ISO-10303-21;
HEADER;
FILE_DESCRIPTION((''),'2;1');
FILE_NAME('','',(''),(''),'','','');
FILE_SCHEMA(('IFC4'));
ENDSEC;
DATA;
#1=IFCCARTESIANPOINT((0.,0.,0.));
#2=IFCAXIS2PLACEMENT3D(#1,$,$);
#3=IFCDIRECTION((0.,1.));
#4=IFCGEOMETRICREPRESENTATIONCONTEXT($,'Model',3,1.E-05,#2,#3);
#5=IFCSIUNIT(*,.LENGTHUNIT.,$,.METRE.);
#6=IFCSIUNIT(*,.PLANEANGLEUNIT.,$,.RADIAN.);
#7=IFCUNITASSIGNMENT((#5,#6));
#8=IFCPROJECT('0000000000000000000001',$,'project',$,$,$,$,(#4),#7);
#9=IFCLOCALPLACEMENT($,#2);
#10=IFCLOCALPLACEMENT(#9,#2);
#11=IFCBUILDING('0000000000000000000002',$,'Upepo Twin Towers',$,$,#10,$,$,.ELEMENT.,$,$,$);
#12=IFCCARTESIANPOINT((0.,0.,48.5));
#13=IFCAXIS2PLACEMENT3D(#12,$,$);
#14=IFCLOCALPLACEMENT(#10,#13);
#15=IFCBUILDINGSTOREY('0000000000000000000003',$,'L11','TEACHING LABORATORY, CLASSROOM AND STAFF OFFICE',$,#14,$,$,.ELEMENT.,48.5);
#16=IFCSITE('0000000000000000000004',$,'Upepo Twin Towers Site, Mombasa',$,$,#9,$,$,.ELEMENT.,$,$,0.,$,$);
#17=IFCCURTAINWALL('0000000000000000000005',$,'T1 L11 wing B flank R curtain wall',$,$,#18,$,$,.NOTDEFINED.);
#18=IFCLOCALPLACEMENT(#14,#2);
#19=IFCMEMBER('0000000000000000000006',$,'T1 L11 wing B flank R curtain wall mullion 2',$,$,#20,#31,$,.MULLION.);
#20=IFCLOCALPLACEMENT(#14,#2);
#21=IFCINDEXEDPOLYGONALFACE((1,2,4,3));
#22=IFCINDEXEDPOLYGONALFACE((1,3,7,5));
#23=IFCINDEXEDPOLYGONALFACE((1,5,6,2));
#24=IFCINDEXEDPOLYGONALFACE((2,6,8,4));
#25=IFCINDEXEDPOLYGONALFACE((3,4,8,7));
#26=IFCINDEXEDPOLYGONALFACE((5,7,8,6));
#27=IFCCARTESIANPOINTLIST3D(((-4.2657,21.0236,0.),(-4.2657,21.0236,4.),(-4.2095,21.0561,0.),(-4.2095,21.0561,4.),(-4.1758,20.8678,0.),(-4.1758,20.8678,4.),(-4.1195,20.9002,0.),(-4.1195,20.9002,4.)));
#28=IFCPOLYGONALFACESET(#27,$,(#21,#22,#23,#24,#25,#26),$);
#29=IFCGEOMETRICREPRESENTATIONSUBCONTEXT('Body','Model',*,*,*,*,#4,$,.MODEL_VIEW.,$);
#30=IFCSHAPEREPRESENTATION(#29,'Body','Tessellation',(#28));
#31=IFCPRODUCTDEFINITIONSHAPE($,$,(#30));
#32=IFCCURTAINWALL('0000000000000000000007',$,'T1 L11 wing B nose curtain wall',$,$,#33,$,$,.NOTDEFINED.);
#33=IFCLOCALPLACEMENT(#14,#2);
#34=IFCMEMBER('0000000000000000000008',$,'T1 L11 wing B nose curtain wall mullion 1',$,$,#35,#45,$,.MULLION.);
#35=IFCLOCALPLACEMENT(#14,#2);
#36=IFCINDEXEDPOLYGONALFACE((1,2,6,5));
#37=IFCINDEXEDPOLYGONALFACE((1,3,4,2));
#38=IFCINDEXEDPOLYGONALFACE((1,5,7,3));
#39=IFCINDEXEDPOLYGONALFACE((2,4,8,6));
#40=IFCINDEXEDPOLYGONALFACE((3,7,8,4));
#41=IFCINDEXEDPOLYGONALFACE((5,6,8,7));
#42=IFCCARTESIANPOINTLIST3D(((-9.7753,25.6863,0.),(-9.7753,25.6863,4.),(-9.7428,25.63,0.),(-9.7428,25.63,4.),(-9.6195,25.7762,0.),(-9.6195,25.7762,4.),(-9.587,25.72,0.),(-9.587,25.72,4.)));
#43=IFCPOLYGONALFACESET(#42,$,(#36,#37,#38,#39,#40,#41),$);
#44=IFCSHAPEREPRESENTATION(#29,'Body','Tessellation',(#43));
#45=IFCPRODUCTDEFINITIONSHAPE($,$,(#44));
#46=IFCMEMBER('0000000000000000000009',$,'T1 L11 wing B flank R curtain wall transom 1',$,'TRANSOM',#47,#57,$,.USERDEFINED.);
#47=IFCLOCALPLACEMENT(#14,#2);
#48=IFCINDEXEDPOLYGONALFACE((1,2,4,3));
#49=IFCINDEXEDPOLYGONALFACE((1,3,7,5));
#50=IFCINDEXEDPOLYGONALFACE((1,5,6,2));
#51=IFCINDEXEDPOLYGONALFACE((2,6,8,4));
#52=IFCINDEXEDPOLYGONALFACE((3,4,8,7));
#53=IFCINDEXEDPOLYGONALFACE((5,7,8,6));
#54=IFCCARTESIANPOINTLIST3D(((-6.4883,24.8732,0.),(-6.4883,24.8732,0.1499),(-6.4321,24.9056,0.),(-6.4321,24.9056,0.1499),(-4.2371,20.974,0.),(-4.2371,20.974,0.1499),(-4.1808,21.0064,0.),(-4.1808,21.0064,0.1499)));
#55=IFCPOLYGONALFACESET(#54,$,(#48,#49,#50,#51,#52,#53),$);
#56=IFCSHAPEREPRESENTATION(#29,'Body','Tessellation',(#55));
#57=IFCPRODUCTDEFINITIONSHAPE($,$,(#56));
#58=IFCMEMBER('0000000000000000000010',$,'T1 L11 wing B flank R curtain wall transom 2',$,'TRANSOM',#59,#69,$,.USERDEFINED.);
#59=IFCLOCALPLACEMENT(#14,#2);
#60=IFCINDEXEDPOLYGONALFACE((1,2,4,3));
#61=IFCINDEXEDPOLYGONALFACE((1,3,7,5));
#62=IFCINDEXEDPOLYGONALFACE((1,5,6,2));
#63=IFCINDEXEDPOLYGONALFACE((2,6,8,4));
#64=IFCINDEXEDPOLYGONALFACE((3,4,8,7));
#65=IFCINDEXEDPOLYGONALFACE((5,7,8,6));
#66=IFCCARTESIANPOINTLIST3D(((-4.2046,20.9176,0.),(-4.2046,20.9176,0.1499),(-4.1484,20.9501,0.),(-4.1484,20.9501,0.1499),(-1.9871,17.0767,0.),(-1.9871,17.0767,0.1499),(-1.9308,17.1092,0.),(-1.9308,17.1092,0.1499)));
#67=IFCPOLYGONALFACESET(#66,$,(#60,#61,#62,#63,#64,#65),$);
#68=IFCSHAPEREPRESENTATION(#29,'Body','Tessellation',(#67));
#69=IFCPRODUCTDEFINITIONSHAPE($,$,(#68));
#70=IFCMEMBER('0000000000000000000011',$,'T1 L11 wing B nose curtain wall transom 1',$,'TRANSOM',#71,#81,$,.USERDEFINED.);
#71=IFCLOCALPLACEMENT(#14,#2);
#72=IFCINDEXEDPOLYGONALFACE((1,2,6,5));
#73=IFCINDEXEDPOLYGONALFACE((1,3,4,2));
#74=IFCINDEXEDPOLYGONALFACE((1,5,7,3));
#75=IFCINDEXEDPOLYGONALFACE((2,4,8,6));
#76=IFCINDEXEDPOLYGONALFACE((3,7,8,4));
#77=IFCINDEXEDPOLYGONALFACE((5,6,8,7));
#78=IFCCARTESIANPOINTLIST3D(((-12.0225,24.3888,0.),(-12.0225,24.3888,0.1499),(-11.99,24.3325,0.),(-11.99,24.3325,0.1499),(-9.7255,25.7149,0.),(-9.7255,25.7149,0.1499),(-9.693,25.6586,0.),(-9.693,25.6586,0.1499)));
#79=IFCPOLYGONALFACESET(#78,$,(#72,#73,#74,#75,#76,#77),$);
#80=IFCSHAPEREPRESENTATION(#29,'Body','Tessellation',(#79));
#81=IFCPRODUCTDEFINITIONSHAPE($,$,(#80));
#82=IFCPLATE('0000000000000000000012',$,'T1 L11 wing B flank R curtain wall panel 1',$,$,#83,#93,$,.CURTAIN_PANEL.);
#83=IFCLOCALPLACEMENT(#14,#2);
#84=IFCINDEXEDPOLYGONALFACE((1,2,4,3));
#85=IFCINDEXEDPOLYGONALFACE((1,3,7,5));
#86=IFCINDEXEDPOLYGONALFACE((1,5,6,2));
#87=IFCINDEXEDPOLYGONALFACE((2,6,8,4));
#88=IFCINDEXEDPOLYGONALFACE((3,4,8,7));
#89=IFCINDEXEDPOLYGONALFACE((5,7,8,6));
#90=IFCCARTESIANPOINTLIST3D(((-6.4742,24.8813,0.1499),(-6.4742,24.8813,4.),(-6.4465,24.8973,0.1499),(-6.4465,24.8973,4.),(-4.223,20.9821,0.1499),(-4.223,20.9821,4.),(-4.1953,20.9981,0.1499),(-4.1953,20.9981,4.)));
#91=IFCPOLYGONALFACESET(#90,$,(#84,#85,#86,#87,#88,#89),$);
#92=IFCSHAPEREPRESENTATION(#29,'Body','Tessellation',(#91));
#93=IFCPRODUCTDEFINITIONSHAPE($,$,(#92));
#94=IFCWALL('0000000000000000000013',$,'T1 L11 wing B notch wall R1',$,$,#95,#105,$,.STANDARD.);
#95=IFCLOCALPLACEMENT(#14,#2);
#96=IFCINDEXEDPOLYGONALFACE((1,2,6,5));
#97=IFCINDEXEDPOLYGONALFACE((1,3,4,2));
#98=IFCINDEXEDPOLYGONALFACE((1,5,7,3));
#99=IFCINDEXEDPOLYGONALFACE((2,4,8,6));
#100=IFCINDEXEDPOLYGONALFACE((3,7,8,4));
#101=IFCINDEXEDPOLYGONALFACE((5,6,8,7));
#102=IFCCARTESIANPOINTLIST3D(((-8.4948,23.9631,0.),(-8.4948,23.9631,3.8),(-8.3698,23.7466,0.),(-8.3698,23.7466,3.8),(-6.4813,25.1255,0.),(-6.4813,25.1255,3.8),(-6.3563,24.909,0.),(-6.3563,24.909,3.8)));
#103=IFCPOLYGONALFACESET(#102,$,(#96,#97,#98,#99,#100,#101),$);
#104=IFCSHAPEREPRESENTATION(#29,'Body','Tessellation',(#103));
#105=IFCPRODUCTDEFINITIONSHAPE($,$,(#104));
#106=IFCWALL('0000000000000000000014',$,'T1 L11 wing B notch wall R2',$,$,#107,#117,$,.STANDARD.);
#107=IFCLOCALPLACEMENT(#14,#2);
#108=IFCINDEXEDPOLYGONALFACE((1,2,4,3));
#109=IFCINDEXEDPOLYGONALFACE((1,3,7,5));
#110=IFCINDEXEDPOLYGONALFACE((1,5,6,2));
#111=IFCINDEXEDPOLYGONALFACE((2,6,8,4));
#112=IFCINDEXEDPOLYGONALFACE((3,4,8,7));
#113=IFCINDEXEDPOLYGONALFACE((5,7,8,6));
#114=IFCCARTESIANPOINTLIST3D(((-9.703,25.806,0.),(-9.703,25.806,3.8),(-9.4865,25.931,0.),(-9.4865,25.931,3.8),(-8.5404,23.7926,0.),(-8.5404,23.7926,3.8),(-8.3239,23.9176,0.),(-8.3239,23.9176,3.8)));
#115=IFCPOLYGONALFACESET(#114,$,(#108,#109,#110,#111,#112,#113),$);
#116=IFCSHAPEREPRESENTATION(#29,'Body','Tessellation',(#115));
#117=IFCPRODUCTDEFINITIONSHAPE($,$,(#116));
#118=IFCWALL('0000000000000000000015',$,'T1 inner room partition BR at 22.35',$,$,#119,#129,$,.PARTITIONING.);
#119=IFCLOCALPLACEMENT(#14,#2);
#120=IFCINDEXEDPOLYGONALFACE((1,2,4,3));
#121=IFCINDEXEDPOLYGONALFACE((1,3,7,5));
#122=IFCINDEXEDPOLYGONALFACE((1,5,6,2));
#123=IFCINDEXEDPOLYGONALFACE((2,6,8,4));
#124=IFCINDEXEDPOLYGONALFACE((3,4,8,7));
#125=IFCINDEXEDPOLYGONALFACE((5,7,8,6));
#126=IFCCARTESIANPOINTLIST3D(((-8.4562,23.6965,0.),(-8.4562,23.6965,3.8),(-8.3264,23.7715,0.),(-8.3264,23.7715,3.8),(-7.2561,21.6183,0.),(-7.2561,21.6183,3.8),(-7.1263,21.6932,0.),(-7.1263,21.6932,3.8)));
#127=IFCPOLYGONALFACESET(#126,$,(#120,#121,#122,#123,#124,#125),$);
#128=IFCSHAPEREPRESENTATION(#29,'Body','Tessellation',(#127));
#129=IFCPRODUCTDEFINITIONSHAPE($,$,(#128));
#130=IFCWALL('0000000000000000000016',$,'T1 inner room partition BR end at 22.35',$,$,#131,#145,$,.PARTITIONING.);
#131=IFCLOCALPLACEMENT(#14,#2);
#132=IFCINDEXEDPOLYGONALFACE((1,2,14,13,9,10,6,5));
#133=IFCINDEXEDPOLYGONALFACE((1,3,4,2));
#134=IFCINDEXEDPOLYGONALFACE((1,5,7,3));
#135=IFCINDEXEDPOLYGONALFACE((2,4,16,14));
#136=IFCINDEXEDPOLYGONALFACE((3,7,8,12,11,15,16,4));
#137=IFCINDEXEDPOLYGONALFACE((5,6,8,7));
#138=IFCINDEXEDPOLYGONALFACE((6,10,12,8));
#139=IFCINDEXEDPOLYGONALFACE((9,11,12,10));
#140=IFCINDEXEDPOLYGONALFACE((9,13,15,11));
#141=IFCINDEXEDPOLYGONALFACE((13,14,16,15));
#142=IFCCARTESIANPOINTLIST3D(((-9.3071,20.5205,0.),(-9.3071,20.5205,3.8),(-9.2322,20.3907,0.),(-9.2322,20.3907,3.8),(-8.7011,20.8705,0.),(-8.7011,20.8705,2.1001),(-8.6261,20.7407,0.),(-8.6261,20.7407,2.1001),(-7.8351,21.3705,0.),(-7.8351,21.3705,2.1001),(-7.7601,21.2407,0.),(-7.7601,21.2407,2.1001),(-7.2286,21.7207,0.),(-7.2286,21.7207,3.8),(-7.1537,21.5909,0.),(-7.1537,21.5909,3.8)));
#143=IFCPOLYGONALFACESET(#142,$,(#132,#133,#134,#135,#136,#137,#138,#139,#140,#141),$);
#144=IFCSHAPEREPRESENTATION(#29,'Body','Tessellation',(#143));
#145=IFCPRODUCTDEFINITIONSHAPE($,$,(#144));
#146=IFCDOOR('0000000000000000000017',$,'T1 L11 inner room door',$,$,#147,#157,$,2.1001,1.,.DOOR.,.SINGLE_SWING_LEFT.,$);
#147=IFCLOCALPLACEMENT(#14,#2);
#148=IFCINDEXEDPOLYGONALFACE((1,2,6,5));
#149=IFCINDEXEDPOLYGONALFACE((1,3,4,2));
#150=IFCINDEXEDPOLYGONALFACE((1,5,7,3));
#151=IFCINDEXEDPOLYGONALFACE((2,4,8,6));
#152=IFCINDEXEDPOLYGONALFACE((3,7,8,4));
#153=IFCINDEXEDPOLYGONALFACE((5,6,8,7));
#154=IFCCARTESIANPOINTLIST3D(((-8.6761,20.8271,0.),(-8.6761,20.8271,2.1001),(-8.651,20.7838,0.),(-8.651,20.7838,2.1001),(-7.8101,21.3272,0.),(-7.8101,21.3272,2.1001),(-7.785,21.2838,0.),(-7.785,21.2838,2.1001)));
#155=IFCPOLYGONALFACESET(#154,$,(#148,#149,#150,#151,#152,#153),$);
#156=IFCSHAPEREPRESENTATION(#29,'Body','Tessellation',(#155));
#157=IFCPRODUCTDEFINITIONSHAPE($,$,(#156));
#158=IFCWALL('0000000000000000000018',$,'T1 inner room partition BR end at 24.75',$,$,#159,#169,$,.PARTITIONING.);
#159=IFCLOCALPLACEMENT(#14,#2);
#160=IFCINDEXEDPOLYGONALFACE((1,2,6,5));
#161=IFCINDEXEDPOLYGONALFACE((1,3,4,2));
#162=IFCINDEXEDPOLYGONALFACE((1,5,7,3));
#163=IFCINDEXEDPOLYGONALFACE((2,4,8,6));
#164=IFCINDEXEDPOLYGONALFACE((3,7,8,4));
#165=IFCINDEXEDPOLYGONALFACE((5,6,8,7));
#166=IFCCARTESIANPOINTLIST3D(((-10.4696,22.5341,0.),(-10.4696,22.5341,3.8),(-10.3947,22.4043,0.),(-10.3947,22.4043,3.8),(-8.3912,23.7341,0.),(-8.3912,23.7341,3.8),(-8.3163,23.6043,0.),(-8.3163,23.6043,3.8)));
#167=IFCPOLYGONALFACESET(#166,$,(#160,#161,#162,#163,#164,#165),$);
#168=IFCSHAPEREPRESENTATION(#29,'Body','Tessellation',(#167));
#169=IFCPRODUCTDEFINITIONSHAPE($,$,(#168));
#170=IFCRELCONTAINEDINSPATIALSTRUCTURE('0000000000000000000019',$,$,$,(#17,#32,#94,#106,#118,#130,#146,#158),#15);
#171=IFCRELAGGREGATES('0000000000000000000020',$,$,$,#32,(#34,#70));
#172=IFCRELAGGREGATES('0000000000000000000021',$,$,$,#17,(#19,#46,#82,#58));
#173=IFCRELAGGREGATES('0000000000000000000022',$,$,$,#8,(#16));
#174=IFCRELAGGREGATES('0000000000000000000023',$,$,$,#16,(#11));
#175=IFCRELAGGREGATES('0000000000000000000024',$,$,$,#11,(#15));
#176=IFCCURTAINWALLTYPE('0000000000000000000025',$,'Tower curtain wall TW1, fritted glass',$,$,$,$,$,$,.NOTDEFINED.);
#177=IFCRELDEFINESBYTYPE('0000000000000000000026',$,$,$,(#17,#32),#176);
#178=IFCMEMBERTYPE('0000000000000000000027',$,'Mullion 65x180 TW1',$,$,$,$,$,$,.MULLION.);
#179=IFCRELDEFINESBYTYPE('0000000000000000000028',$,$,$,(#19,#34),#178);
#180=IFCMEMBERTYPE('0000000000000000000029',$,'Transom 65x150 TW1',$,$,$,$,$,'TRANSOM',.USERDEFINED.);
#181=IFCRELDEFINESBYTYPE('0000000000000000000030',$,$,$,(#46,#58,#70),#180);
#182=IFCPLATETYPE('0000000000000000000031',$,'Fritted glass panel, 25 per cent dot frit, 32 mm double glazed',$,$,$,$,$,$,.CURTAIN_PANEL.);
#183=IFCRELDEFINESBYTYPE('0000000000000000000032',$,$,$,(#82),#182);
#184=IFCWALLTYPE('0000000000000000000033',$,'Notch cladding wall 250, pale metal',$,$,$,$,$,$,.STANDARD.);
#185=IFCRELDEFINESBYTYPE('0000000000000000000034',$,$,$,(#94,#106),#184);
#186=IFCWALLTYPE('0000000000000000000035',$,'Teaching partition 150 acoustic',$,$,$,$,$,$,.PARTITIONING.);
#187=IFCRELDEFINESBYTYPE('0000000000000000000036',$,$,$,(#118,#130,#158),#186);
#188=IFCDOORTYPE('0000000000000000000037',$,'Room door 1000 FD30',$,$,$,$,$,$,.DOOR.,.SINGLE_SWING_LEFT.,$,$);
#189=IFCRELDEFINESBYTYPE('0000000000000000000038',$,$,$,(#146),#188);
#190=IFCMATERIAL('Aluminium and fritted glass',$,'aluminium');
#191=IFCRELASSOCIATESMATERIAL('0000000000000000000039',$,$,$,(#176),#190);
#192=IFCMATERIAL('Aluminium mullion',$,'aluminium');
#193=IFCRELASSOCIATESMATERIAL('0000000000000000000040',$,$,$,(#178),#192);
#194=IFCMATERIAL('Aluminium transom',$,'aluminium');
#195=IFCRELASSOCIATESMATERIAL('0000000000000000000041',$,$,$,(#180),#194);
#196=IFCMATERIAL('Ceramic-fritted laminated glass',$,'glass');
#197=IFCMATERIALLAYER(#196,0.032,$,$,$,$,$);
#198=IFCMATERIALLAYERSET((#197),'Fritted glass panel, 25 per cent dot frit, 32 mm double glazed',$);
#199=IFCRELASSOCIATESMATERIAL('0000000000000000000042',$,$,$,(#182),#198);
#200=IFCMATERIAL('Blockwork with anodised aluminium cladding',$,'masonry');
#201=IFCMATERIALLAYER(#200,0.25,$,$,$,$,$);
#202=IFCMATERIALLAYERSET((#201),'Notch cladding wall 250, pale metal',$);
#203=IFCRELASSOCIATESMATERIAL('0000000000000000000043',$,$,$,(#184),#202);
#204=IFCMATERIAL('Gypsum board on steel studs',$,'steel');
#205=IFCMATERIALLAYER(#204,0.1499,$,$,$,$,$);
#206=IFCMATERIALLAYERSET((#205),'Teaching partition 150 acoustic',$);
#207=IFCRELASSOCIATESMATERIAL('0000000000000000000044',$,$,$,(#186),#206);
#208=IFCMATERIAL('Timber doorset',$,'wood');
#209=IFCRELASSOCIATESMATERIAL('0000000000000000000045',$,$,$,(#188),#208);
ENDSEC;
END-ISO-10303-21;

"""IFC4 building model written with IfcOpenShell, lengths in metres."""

from ifc_helpers import new_model, si_unit, direction, frame, frame_2d, origin, origin_2d, place, context, subcontext, project, spatial, rectangle, extrude, material, layer, layer_set, material_profile, profile_set, type_object, element, fill, aggregate, save


model = new_model("IFC4")

# Units and contexts
model_context = context("Model", 3, precision=1e-05, world=origin(), true_north=direction((0.0, 1.0)))
body_context = subcontext(model_context, "Body", "Model", "MODEL_VIEW")
ifc_project = project(units=[si_unit("LENGTHUNIT", "METRE"), si_unit("PLANEANGLEUNIT", "RADIAN")], contexts=[model_context])

# Site, building, storey
site_placement = place(None, origin())
site = spatial("IfcSite", under=ifc_project, at=site_placement, Name="Upepo Twin Towers Site, Mombasa", CompositionType="ELEMENT", RefElevation=0.0)
building_placement = place(site_placement, origin())
building = spatial("IfcBuilding", under=site, at=building_placement, Name="Upepo Twin Towers", CompositionType="ELEMENT")
storey_placement = place(building_placement, frame((0.0, 0.0, 48.5)))
storey = spatial("IfcBuildingStorey", under=building, at=storey_placement, Name="L11", Description="TEACHING LABORATORY, CLASSROOM AND STAFF OFFICE", CompositionType="ELEMENT", Elevation=48.5)

# Curtain wall, member
ifc_material_1 = material(Name="Aluminium and fritted glass", Category="aluminium")
curtain_wall_type = type_object("IfcCurtainWallType", Name="Tower curtain wall TW1, fritted glass", PredefinedType="NOTDEFINED", material=ifc_material_1)
curtain_wall_1_placement = place(storey_placement, origin())
curtain_wall_1 = element("IfcCurtainWall", 1, at=curtain_wall_1_placement, inside=storey, type_object=curtain_wall_type, Name="T1 L11 wing B flank R curtain wall", PredefinedType="NOTDEFINED")
ifc_material_2 = material(Name="Aluminium mullion", Category="aluminium")
ifc_material_profile_1 = material_profile(ifc_material_2, rectangle(XDim=0.0649, YDim=0.1799, at=origin_2d()), Name="MULLION 65x180")
ifc_profile_set_1 = profile_set([ifc_material_profile_1], Name="Aluminium mullion")
member_type_1 = type_object("IfcMemberType", Name="Mullion 65x180 TW1", PredefinedType="MULLION", material=ifc_profile_set_1)
member_1_placement = place(storey_placement, frame((-4.1926, 20.9619, 0.0), z_axis=(0.0, 0.0, 1.0), x_axis=(0.866025, 0.5, 0.0)))
member_1 = element("IfcMember", 2, at=member_1_placement, type_object=member_type_1, Name="T1 L11 wing B flank R curtain wall mullion 2", PredefinedType="MULLION", context=body_context, shape_type="SweptSolid", body=[
    extrude(rectangle(XDim=0.0649, YDim=0.1799, at=origin_2d()), origin(), (0.0, 0.0, 1.0), 4.0),
])

# Curtain wall, member
curtain_wall_2_placement = place(storey_placement, origin())
curtain_wall_2 = element("IfcCurtainWall", 3, at=curtain_wall_2_placement, inside=storey, type_object=curtain_wall_type, Name="T1 L11 wing B nose curtain wall", PredefinedType="NOTDEFINED")
member_2_placement = place(storey_placement, frame((-9.6812, 25.7031, 0.0), z_axis=(0.0, 0.0, 1.0), x_axis=(0.5, -0.866025, 0.0)))
member_2 = element("IfcMember", 4, at=member_2_placement, type_object=member_type_1, Name="T1 L11 wing B nose curtain wall mullion 1", PredefinedType="MULLION", context=body_context, shape_type="SweptSolid", body=[
    extrude(rectangle(XDim=0.0649, YDim=0.1799, at=origin_2d()), origin(), (0.0, 0.0, 1.0), 4.0),
])

# Members
ifc_material_3 = material(Name="Aluminium transom", Category="aluminium")
ifc_material_profile_2 = material_profile(ifc_material_3, rectangle(XDim=0.0649, YDim=0.1499, at=origin_2d()), Name="TRANSOM 65x150")
ifc_profile_set_2 = profile_set([ifc_material_profile_2], Name="Aluminium transom")
member_type_2 = type_object("IfcMemberType", Name="Transom 65x150 TW1", ElementType="TRANSOM", PredefinedType="USERDEFINED", material=ifc_profile_set_2)
member_3_placement = place(storey_placement, frame((-6.4602, 24.8894, 0.075), z_axis=(0.500006, -0.866022, 0.0), x_axis=(0.866022, 0.500006, 0.0)))
member_3 = element("IfcMember", 5, at=member_3_placement, type_object=member_type_2, Name="T1 L11 wing B flank R curtain wall transom 1", ObjectType="TRANSOM", PredefinedType="USERDEFINED", context=body_context, shape_type="SweptSolid", body=[
    extrude(rectangle(XDim=0.0649, YDim=0.1499, at=origin_2d()), origin(), (0.0, 0.0, 1.0), 4.5024),
])
member_4_placement = place(storey_placement, frame((-4.1765, 20.9338, 0.075), z_axis=(0.500005, -0.866022, 0.0), x_axis=(0.866022, 0.500005, 0.0)))
member_4 = element("IfcMember", 6, at=member_4_placement, type_object=member_type_2, Name="T1 L11 wing B flank R curtain wall transom 2", ObjectType="TRANSOM", PredefinedType="USERDEFINED", context=body_context, shape_type="SweptSolid", body=[
    extrude(rectangle(XDim=0.0649, YDim=0.1499, at=origin_2d()), origin(), (0.0, 0.0, 1.0), 4.4351),
])
member_5_placement = place(storey_placement, frame((-9.7092, 25.6868, 0.075), z_axis=(-0.866037, -0.49998, 0.0), x_axis=(0.49998, -0.866037, 0.0)))
member_5 = element("IfcMember", 7, at=member_5_placement, type_object=member_type_2, Name="T1 L11 wing B nose curtain wall transom 1", ObjectType="TRANSOM", PredefinedType="USERDEFINED", context=body_context, shape_type="SweptSolid", body=[
    extrude(rectangle(XDim=0.0649, YDim=0.1499, at=origin_2d()), origin(), (0.0, 0.0, 1.0), 2.6523),
])
aggregate(curtain_wall_2, [member_2, member_5])

# Plate
ifc_material_4 = material(Name="Ceramic-fritted laminated glass", Category="glass")
ifc_layer_1 = layer(ifc_material_4, 0.032)
ifc_layer_set_1 = layer_set([ifc_layer_1], Name="Fritted glass panel, 25 per cent dot frit, 32 mm double glazed")
plate_type = type_object("IfcPlateType", Name="Fritted glass panel, 25 per cent dot frit, 32 mm double glazed", PredefinedType="CURTAIN_PANEL", material=ifc_layer_set_1)
plate_placement = place(storey_placement, frame((-5.3347, 22.9397, 0.1499), z_axis=(0.0, 0.0, 1.0), x_axis=(0.5, -0.866025, 0.0)))
plate = element("IfcPlate", 8, at=plate_placement, type_object=plate_type, Name="T1 L11 wing B flank R curtain wall panel 1", PredefinedType="CURTAIN_PANEL", context=body_context, shape_type="SweptSolid", body=[
    extrude(rectangle(XDim=4.5024, YDim=0.032, at=origin_2d()), origin(), (0.0, 0.0, 1.0), 3.8501),
])
aggregate(curtain_wall_1, [member_1, member_3, plate, member_4])

# Walls
ifc_material_5 = material(Name="Blockwork with anodised aluminium cladding", Category="masonry")
ifc_layer_2 = layer(ifc_material_5, 0.25)
ifc_layer_set_2 = layer_set([ifc_layer_2], Name="Notch cladding wall 250, pale metal")
wall_type_1 = type_object("IfcWallType", Name="Notch cladding wall 250, pale metal", PredefinedType="STANDARD", material=ifc_layer_set_2)
for number, where, z_axis, x_axis, name in (
    (9, (-6.4187, 25.0173, 0.0), (0.0, 0.0, 1.0), (-0.866044, -0.499968, 0.0), "T1 L11 wing B notch wall R1"),
    (10, (-8.4321, 23.855, 0.0), (0.0, 0.0, 1.0), (-0.500047, 0.865998, 0.0), "T1 L11 wing B notch wall R2"),
):
    element("IfcWall", number, at=place(storey_placement, frame(where, z_axis=z_axis, x_axis=x_axis)), inside=storey, type_object=wall_type_1, Name=name, PredefinedType="STANDARD", context=body_context, shape_type="SweptSolid", body=[
        extrude(rectangle(XDim=2.325, YDim=0.25, at=frame_2d((1.1626, 0.0))), origin(), (0.0, 0.0, 1.0), 3.8),
    ])
ifc_material_6 = material(Name="Gypsum board on steel studs", Category="steel")
ifc_layer_3 = layer(ifc_material_6, 0.1499)
ifc_layer_set_3 = layer_set([ifc_layer_3], Name="Teaching partition 150 acoustic")
wall_type_2 = type_object("IfcWallType", Name="Teaching partition 150 acoustic", PredefinedType="PARTITIONING", material=ifc_layer_set_3)
wall_1_placement = place(storey_placement, frame((-7.1912, 21.6558, 0.0), z_axis=(0.0, 0.0, 1.0), x_axis=(-0.500078, 0.865981, 0.0)))
element("IfcWall", 11, at=wall_1_placement, inside=storey, type_object=wall_type_2, Name="T1 inner room partition BR at 22.35", PredefinedType="PARTITIONING", context=body_context, shape_type="SweptSolid", body=[
    extrude(rectangle(XDim=2.3999, YDim=0.1499, at=frame_2d((1.2, 0.0))), origin(), (0.0, 0.0, 1.0), 3.8),
])

# Wall, opening, door
wall_2_placement = place(storey_placement, frame((-9.2698, 20.4556, 0.0), z_axis=(0.0, 0.0, 1.0), x_axis=(0.866006, 0.500034, 0.0)))
wall_2 = element("IfcWall", 12, at=wall_2_placement, inside=storey, type_object=wall_type_2, Name="T1 inner room partition BR end at 22.35", PredefinedType="PARTITIONING", context=body_context, shape_type="SweptSolid", body=[
    extrude(rectangle(XDim=2.4001, YDim=0.1499, at=frame_2d((1.2002, 0.0))), origin(), (0.0, 0.0, 1.0), 3.8),
])
opening_1_placement = place(wall_2_placement, frame((0.7, 0.0, 0.0)))
opening_1 = element("IfcOpeningElement", 13, at=opening_1_placement, cuts=wall_2, PredefinedType="OPENING", context=body_context, shape_type="SweptSolid", body=[
    extrude(rectangle(XDim=1.0, YDim=2.1001, at=frame_2d((0.5, 1.05))), frame((0.0, 0.085, 0.0), z_axis=(0.0, -1.0, 0.0), x_axis=(1.0, 0.0, 0.0)), (0.0, 0.0, 1.0), 0.1699),
])
ifc_material_7 = material(Name="Timber doorset", Category="wood")
door_type = type_object("IfcDoorType", Name="Room door 1000 FD30", OperationType="SINGLE_SWING_LEFT", PredefinedType="DOOR", material=ifc_material_7)
door_1_placement = place(opening_1_placement, origin())
door_1 = element("IfcDoor", 14, at=door_1_placement, inside=storey, type_object=door_type, Name="T1 L11 inner room door", OperationType="SINGLE_SWING_LEFT", OverallHeight=2.1001, OverallWidth=1.0, PredefinedType="DOOR", context=body_context, shape_type="SweptSolid", body=[
    extrude(rectangle(XDim=1.0, YDim=2.1001, at=frame_2d((0.5, 1.05))), frame((0.0, 0.0249, 0.0), z_axis=(0.0, -1.0, 0.0), x_axis=(1.0, 0.0, 0.0)), (0.0, 0.0, 1.0), 0.05),
])
fill(opening_1, door_1)

# Wall
wall_3_placement = place(storey_placement, frame((-10.4321, 22.4692, 0.0), z_axis=(0.0, 0.0, 1.0), x_axis=(0.866025, 0.500001, 0.0)))
element("IfcWall", 15, at=wall_3_placement, inside=storey, type_object=wall_type_2, Name="T1 inner room partition BR end at 24.75", PredefinedType="PARTITIONING", context=body_context, shape_type="SweptSolid", body=[
    extrude(rectangle(XDim=2.3999, YDim=0.1499, at=frame_2d((1.2, 0.0))), origin(), (0.0, 0.0, 1.0), 3.8),
])

save(model, "model.ifc")
